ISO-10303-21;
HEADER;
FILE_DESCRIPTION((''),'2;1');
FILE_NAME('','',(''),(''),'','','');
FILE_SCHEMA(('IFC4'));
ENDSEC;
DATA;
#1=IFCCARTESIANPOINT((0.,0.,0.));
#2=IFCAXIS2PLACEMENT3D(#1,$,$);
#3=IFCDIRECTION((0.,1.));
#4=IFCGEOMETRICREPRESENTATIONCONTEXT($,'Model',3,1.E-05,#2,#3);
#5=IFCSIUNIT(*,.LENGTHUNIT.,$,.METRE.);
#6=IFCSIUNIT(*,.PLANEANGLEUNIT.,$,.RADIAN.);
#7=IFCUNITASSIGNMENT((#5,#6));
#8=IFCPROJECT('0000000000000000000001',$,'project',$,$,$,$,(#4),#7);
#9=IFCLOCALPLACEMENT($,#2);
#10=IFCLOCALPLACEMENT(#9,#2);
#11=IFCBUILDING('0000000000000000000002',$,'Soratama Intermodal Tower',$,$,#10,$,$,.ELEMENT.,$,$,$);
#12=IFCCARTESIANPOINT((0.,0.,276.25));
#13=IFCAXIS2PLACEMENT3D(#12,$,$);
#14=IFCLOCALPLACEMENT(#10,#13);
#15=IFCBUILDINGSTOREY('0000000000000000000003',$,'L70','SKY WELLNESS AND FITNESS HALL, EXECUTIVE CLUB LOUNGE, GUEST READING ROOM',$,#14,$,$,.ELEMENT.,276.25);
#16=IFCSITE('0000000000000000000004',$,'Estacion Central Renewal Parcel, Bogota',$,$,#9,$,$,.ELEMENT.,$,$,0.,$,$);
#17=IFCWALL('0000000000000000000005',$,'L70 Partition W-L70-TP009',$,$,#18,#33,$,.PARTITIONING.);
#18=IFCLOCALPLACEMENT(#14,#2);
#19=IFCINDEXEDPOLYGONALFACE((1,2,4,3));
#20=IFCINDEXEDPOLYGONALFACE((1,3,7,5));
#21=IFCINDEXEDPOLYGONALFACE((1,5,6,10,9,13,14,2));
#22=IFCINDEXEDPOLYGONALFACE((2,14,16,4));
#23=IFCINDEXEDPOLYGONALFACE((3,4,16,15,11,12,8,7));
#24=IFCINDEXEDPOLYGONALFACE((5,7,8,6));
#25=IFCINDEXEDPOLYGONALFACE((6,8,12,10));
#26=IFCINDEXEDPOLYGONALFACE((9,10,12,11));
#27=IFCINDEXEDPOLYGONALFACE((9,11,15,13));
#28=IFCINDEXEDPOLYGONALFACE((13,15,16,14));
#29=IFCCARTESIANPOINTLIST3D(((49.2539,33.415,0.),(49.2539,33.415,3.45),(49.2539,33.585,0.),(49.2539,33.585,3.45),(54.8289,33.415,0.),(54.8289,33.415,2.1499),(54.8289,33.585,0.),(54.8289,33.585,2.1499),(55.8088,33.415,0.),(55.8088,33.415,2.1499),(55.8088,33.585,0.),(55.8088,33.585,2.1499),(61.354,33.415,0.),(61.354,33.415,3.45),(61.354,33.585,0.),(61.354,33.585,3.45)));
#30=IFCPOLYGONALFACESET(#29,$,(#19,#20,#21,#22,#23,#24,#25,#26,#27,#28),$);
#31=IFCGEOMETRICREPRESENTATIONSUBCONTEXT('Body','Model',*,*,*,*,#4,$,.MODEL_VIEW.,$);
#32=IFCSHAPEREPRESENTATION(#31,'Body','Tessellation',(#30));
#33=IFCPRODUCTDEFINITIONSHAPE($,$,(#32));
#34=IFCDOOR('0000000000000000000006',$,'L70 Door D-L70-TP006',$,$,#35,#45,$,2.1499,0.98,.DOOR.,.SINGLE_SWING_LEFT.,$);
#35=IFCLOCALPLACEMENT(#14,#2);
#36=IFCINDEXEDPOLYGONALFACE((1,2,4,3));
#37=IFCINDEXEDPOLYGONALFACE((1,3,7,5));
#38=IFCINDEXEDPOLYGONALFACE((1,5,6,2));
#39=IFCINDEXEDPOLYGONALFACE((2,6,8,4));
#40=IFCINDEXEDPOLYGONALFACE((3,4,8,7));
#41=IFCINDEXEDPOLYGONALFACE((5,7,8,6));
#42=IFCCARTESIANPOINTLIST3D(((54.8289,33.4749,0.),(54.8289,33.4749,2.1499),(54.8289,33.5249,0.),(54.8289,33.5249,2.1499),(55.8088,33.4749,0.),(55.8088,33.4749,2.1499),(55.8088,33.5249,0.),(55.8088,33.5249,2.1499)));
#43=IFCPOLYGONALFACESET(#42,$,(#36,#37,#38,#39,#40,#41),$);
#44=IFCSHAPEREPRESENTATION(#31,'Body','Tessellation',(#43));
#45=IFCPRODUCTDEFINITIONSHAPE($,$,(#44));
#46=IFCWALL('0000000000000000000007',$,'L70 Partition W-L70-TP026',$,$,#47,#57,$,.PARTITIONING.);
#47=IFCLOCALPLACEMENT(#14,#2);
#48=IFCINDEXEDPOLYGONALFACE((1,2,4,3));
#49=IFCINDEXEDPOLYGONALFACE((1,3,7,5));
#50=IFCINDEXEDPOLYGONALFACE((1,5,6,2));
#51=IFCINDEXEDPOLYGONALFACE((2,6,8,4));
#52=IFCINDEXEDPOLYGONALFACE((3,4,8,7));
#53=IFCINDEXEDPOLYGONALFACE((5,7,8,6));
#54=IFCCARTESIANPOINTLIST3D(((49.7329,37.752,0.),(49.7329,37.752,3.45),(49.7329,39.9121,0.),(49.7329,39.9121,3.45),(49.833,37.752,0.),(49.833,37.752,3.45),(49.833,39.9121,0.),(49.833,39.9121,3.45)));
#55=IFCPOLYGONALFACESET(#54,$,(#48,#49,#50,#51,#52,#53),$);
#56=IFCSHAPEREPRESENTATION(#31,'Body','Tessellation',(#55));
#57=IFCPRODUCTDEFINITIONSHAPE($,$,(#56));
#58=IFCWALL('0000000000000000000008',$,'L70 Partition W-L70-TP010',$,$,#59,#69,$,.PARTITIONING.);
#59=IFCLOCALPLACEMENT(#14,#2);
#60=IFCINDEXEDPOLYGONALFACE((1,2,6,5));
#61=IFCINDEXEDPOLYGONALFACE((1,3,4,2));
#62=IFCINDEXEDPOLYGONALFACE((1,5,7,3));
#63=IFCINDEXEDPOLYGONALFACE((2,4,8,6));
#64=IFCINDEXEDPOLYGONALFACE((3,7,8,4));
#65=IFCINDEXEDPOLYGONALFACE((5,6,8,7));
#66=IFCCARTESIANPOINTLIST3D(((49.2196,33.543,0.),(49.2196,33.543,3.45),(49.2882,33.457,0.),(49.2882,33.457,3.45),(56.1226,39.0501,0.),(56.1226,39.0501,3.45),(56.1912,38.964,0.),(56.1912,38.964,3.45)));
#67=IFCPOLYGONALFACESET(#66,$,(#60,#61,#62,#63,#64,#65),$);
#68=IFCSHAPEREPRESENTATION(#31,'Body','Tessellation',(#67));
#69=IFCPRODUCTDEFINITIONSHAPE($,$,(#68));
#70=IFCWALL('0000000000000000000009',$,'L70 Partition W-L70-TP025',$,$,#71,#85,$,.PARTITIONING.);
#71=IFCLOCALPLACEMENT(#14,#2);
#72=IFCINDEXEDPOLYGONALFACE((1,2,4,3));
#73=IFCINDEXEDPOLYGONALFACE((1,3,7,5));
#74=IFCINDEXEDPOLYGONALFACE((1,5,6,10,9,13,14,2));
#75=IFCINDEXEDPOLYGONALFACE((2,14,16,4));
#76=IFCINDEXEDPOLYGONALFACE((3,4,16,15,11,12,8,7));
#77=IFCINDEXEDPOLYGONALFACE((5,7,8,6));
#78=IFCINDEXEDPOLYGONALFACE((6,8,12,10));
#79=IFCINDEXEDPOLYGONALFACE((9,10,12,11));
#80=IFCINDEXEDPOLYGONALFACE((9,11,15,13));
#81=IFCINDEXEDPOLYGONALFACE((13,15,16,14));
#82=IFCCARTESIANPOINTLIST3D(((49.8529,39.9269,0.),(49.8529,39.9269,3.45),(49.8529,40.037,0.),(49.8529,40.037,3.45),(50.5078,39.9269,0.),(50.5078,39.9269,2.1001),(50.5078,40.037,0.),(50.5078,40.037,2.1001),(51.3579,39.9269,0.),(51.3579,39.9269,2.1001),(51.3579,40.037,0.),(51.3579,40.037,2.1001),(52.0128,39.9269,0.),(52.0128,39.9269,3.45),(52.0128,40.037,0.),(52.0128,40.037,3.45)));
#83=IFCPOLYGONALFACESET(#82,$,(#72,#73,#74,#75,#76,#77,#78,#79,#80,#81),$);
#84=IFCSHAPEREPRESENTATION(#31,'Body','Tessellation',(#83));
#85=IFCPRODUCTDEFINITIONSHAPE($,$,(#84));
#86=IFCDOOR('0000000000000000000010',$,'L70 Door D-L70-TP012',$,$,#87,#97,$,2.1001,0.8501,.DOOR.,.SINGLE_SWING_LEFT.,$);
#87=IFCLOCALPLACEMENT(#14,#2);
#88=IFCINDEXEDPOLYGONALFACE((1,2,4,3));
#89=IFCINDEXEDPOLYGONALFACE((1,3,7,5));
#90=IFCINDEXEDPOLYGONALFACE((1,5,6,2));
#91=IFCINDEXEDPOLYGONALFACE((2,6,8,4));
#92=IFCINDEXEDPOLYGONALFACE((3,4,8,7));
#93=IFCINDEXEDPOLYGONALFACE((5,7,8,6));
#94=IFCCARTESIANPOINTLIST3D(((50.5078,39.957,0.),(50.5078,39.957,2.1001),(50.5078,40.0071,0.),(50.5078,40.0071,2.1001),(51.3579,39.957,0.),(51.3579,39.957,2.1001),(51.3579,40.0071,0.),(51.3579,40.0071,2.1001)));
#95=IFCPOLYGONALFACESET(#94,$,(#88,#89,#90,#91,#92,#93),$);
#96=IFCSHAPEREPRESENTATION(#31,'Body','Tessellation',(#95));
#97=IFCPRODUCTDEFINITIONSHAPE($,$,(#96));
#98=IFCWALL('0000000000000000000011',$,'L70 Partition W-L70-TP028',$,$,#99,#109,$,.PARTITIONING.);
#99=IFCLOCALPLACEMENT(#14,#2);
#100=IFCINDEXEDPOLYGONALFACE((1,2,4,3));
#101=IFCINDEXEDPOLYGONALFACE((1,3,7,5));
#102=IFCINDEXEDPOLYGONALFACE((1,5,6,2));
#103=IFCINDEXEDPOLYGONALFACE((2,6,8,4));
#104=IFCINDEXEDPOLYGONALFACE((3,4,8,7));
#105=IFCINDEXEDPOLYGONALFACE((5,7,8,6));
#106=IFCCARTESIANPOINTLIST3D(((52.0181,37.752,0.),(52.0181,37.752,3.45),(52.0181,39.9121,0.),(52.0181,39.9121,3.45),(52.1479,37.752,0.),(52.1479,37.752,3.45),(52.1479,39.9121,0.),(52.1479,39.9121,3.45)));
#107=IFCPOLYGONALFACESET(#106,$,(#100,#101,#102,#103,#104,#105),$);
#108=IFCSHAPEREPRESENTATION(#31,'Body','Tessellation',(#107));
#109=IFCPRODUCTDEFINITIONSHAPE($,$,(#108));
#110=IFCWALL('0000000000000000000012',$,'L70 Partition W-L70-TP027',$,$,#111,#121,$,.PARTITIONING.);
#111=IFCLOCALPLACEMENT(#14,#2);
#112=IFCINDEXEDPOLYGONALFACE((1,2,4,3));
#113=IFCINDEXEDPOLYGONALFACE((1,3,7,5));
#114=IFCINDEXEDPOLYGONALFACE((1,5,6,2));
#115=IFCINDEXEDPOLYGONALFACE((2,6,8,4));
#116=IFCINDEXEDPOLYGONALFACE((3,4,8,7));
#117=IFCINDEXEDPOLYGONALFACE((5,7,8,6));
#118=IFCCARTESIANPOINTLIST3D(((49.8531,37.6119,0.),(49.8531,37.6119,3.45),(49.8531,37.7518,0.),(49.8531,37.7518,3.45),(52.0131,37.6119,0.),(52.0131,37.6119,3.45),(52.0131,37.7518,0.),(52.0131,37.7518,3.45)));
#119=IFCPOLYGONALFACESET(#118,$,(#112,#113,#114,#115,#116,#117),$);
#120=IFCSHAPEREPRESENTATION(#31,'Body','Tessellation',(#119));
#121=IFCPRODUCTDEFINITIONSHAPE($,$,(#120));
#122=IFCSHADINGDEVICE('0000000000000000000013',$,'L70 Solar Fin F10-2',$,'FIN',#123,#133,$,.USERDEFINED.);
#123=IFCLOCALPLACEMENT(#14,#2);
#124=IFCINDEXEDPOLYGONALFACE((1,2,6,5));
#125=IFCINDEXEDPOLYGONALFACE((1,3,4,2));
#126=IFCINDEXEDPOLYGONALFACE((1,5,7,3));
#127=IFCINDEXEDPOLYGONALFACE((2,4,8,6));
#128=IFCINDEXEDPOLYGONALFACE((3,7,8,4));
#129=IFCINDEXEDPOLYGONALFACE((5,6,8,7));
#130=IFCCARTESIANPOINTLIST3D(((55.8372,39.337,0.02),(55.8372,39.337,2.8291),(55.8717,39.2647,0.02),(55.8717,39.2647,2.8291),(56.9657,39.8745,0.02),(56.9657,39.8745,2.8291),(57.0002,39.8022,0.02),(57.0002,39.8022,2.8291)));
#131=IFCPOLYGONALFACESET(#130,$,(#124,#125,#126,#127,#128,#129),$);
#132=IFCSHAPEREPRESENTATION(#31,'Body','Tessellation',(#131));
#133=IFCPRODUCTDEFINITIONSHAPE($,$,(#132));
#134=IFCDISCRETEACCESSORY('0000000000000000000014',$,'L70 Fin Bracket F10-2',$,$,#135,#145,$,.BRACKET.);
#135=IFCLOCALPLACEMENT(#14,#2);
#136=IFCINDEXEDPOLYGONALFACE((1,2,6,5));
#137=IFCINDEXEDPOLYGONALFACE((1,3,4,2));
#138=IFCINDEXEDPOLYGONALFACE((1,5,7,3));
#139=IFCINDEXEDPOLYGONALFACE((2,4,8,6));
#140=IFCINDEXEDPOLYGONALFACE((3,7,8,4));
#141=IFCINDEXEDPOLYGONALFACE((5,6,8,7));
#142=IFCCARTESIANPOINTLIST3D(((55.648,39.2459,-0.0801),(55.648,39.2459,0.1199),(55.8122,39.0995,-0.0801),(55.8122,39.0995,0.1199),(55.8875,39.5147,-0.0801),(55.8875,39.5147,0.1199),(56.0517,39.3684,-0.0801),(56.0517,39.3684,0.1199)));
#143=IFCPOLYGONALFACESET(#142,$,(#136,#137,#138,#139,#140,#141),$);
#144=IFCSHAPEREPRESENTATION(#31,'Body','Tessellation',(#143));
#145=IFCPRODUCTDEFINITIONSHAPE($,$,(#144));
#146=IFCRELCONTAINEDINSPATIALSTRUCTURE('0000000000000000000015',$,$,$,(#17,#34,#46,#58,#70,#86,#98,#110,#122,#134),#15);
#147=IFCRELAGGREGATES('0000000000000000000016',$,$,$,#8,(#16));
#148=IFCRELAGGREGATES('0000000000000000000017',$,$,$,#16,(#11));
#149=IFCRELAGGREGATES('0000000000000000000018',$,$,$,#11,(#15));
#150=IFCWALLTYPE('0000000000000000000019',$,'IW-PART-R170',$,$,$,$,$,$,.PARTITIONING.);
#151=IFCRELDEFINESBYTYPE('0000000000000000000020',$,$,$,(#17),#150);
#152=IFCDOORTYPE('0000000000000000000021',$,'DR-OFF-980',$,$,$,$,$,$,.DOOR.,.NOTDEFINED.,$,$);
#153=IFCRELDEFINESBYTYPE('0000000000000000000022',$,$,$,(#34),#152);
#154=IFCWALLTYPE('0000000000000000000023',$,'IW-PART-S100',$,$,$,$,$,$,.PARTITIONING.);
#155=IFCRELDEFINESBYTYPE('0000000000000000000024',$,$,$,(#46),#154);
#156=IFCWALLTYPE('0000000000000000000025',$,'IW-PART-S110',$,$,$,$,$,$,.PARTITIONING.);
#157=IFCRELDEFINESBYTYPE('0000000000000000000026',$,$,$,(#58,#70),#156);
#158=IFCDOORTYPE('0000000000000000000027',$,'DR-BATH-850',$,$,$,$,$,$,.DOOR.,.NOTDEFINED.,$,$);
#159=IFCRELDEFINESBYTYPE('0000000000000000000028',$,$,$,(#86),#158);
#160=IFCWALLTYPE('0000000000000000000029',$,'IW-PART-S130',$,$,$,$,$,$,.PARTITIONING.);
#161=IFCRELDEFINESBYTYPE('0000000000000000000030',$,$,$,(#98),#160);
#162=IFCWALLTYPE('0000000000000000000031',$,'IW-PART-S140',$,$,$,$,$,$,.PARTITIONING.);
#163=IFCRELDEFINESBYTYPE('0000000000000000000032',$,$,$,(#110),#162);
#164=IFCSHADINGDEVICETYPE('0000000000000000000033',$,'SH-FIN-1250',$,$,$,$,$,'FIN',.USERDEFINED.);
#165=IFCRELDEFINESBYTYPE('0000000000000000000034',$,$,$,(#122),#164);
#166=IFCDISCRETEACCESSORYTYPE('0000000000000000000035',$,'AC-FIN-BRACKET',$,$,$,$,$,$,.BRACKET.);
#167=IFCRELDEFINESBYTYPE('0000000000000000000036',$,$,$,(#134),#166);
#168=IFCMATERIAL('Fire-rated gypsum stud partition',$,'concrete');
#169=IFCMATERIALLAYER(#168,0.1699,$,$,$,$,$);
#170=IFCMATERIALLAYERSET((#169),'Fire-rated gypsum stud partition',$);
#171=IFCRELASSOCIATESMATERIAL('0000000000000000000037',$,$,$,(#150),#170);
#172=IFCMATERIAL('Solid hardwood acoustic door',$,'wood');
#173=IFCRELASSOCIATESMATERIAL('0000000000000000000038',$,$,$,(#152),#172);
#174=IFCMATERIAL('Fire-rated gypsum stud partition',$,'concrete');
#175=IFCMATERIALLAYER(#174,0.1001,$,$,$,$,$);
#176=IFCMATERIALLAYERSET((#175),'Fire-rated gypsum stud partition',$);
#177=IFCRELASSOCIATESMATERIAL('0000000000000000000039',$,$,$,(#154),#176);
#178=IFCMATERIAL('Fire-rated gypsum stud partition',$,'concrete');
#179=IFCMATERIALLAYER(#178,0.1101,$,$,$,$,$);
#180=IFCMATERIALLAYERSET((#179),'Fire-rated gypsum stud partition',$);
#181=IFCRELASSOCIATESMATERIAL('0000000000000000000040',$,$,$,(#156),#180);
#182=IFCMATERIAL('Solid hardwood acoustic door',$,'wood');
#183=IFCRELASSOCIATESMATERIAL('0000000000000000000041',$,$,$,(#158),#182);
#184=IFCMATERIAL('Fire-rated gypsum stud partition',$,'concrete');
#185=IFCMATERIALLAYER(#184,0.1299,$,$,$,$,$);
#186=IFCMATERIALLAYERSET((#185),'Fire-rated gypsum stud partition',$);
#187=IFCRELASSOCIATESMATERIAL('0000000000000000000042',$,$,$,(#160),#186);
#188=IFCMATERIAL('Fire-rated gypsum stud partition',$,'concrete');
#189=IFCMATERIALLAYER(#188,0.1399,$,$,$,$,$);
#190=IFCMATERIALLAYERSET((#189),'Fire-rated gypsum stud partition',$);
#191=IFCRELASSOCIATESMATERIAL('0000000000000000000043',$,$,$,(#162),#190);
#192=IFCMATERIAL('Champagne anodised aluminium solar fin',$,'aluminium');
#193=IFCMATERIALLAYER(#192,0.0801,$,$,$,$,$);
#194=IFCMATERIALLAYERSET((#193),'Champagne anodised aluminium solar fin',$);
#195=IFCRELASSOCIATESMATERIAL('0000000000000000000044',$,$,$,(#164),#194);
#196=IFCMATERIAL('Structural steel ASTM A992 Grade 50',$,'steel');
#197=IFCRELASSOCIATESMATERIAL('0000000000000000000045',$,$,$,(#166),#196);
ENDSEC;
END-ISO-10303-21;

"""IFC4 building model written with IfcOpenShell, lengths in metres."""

from ifc_helpers import new_model, si_unit, direction, frame, frame_2d, origin, origin_2d, place, context, subcontext, project, spatial, rectangle, extrude, material, layer, layer_set, type_object, element, fill, save


model = new_model("IFC4")

# Units and contexts
model_context = context("Model", 3, precision=1e-05, world=origin(), true_north=direction((0.0, 1.0)))
body_context = subcontext(model_context, "Body", "Model", "MODEL_VIEW")
ifc_project = project(units=[si_unit("LENGTHUNIT", "METRE"), si_unit("PLANEANGLEUNIT", "RADIAN")], contexts=[model_context])

# Site, building, storey
site_placement = place(None, origin())
site = spatial("IfcSite", under=ifc_project, at=site_placement, Name="Estacion Central Renewal Parcel, Bogota", CompositionType="ELEMENT", RefElevation=0.0)
building_placement = place(site_placement, origin())
building = spatial("IfcBuilding", under=site, at=building_placement, Name="Soratama Intermodal Tower", CompositionType="ELEMENT")
storey_placement = place(building_placement, frame((0.0, 0.0, 276.25)))
storey = spatial("IfcBuildingStorey", under=building, at=storey_placement, Name="L70", Description="SKY WELLNESS AND FITNESS HALL, EXECUTIVE CLUB LOUNGE, GUEST READING ROOM", CompositionType="ELEMENT", Elevation=276.25)

# Wall, opening, door
ifc_material_1 = material(Name="Fire-rated gypsum stud partition", Category="concrete")
ifc_layer_1 = layer(ifc_material_1, 0.1699)
ifc_layer_set_1 = layer_set([ifc_layer_1], Name="Fire-rated gypsum stud partition")
wall_type_1 = type_object("IfcWallType", Name="IW-PART-R170", PredefinedType="PARTITIONING", material=ifc_layer_set_1)
wall_1_placement = place(storey_placement, frame((49.2539, 33.5, 0.0), z_axis=(0.0, 0.0, 1.0), x_axis=(1.0, 0.0, 0.0)))
wall_1 = element("IfcWall", 1, at=wall_1_placement, inside=storey, type_object=wall_type_1, Name="L70 Partition W-L70-TP009", PredefinedType="PARTITIONING", context=body_context, shape_type="SweptSolid", body=[
    extrude(rectangle(XDim=12.1001, YDim=0.1699, at=frame_2d((6.05, 0.0))), origin(), (0.0, 0.0, 1.0), 3.45),
])
opening_1_placement = place(wall_1_placement, frame((5.575, 0.0, 0.0)))
opening_1 = element("IfcOpeningElement", 2, at=opening_1_placement, cuts=wall_1, PredefinedType="OPENING", context=body_context, shape_type="SweptSolid", body=[
    extrude(rectangle(XDim=0.98, YDim=2.1499, at=frame_2d((0.49, 1.075))), frame((0.0, 0.095, 0.0), z_axis=(0.0, -1.0, 0.0), x_axis=(1.0, 0.0, 0.0)), (0.0, 0.0, 1.0), 0.1899),
])
ifc_material_2 = material(Name="Solid hardwood acoustic door", Category="wood")
door_type_1 = type_object("IfcDoorType", Name="DR-OFF-980", OperationType="NOTDEFINED", PredefinedType="DOOR", material=ifc_material_2)
door_1_placement = place(opening_1_placement, origin())
door_1 = element("IfcDoor", 3, at=door_1_placement, inside=storey, type_object=door_type_1, Name="L70 Door D-L70-TP006", OperationType="SINGLE_SWING_LEFT", OverallHeight=2.1499, OverallWidth=0.98, PredefinedType="DOOR", context=body_context, shape_type="SweptSolid", body=[
    extrude(rectangle(XDim=0.98, YDim=2.1499, at=frame_2d((0.49, 1.075))), frame((0.0, 0.0249, 0.0), z_axis=(0.0, -1.0, 0.0), x_axis=(1.0, 0.0, 0.0)), (0.0, 0.0, 1.0), 0.05),
])
fill(opening_1, door_1)

# Walls
ifc_material_3 = material(Name="Fire-rated gypsum stud partition", Category="concrete")
ifc_layer_2 = layer(ifc_material_3, 0.1001)
ifc_layer_set_2 = layer_set([ifc_layer_2], Name="Fire-rated gypsum stud partition")
wall_type_2 = type_object("IfcWallType", Name="IW-PART-S100", PredefinedType="PARTITIONING", material=ifc_layer_set_2)
wall_2_placement = place(storey_placement, frame((49.783, 39.9121, 0.0), z_axis=(0.0, 0.0, 1.0), x_axis=(0.0, -1.0, 0.0)))
element("IfcWall", 4, at=wall_2_placement, inside=storey, type_object=wall_type_2, Name="L70 Partition W-L70-TP026", PredefinedType="PARTITIONING", context=body_context, shape_type="SweptSolid", body=[
    extrude(rectangle(XDim=2.1602, YDim=0.1001, at=frame_2d((1.0801, 0.0))), origin(), (0.0, 0.0, 1.0), 3.45),
])
ifc_material_4 = material(Name="Fire-rated gypsum stud partition", Category="concrete")
ifc_layer_3 = layer(ifc_material_4, 0.1101)
ifc_layer_set_3 = layer_set([ifc_layer_3], Name="Fire-rated gypsum stud partition")
wall_type_3 = type_object("IfcWallType", Name="IW-PART-S110", PredefinedType="PARTITIONING", material=ifc_layer_set_3)
wall_3_placement = place(storey_placement, frame((49.2539, 33.5, 0.0), z_axis=(0.0, 0.0, 1.0), x_axis=(0.781718, 0.623632, 0.0)))
element("IfcWall", 5, at=wall_3_placement, inside=storey, type_object=wall_type_3, Name="L70 Partition W-L70-TP010", PredefinedType="PARTITIONING", context=body_context, shape_type="SweptSolid", body=[
    extrude(rectangle(XDim=8.8306, YDim=0.1101, at=frame_2d((4.4153, 0.0))), origin(), (0.0, 0.0, 1.0), 3.45),
])

# Wall, opening, door
wall_4_placement = place(storey_placement, frame((52.0129, 39.9819, 0.0), z_axis=(0.0, 0.0, 1.0), x_axis=(-1.0, 0.0, 0.0)))
wall_4 = element("IfcWall", 6, at=wall_4_placement, inside=storey, type_object=wall_type_3, Name="L70 Partition W-L70-TP025", PredefinedType="PARTITIONING", context=body_context, shape_type="SweptSolid", body=[
    extrude(rectangle(XDim=2.1599, YDim=0.1101, at=frame_2d((1.0801, 0.0))), origin(), (0.0, 0.0, 1.0), 3.45),
])
opening_2_placement = place(wall_4_placement, frame((0.655, 0.0, 0.0)))
opening_2 = element("IfcOpeningElement", 7, at=opening_2_placement, cuts=wall_4, PredefinedType="OPENING", context=body_context, shape_type="SweptSolid", body=[
    extrude(rectangle(XDim=0.8501, YDim=2.1001, at=frame_2d((0.425, 1.05))), frame((0.0, 0.0649, 0.0), z_axis=(0.0, -1.0, 0.0), x_axis=(1.0, 0.0, 0.0)), (0.0, 0.0, 1.0), 0.1301),
])
ifc_material_5 = material(Name="Solid hardwood acoustic door", Category="wood")
door_type_2 = type_object("IfcDoorType", Name="DR-BATH-850", OperationType="NOTDEFINED", PredefinedType="DOOR", material=ifc_material_5)
door_2_placement = place(opening_2_placement, origin())
door_2 = element("IfcDoor", 8, at=door_2_placement, inside=storey, type_object=door_type_2, Name="L70 Door D-L70-TP012", OperationType="SINGLE_SWING_LEFT", OverallHeight=2.1001, OverallWidth=0.8501, PredefinedType="DOOR", context=body_context, shape_type="SweptSolid", body=[
    extrude(rectangle(XDim=0.8501, YDim=2.1001, at=frame_2d((0.425, 1.05))), frame((0.0, 0.0249, 0.0), z_axis=(0.0, -1.0, 0.0), x_axis=(1.0, 0.0, 0.0)), (0.0, 0.0, 1.0), 0.05),
])
fill(opening_2, door_2)

# Walls
ifc_material_6 = material(Name="Fire-rated gypsum stud partition", Category="concrete")
ifc_layer_4 = layer(ifc_material_6, 0.1299)
ifc_layer_set_4 = layer_set([ifc_layer_4], Name="Fire-rated gypsum stud partition")
wall_type_4 = type_object("IfcWallType", Name="IW-PART-S130", PredefinedType="PARTITIONING", material=ifc_layer_set_4)
wall_5_placement = place(storey_placement, frame((52.083, 37.752, 0.0), z_axis=(0.0, 0.0, 1.0), x_axis=(0.0, 1.0, 0.0)))
element("IfcWall", 9, at=wall_5_placement, inside=storey, type_object=wall_type_4, Name="L70 Partition W-L70-TP028", PredefinedType="PARTITIONING", context=body_context, shape_type="SweptSolid", body=[
    extrude(rectangle(XDim=2.1602, YDim=0.1299, at=frame_2d((1.0801, 0.0))), origin(), (0.0, 0.0, 1.0), 3.45),
])
ifc_material_7 = material(Name="Fire-rated gypsum stud partition", Category="concrete")
ifc_layer_5 = layer(ifc_material_7, 0.1399)
ifc_layer_set_5 = layer_set([ifc_layer_5], Name="Fire-rated gypsum stud partition")
wall_type_5 = type_object("IfcWallType", Name="IW-PART-S140", PredefinedType="PARTITIONING", material=ifc_layer_set_5)
wall_6_placement = place(storey_placement, frame((49.853, 37.6819, 0.0), z_axis=(0.0, 0.0, 1.0), x_axis=(1.0, 0.0, 0.0)))
element("IfcWall", 10, at=wall_6_placement, inside=storey, type_object=wall_type_5, Name="L70 Partition W-L70-TP027", PredefinedType="PARTITIONING", context=body_context, shape_type="SweptSolid", body=[
    extrude(rectangle(XDim=2.1599, YDim=0.1399, at=frame_2d((1.0801, 0.0))), origin(), (0.0, 0.0, 1.0), 3.45),
])

# Shading device
ifc_material_8 = material(Name="Champagne anodised aluminium solar fin", Category="aluminium")
ifc_layer_6 = layer(ifc_material_8, 0.0801)
ifc_layer_set_6 = layer_set([ifc_layer_6], Name="Champagne anodised aluminium solar fin")
shading_device_type = type_object("IfcShadingDeviceType", Name="SH-FIN-1250", ElementType="FIN", PredefinedType="USERDEFINED", material=ifc_layer_set_6)
shading_device_placement = place(storey_placement, frame((56.4187, 39.5696, 0.02), z_axis=(0.0, 0.0, 1.0), x_axis=(0.902811, 0.430038, 0.0)))
element("IfcShadingDevice", 11, at=shading_device_placement, inside=storey, type_object=shading_device_type, Name="L70 Solar Fin F10-2", ObjectType="FIN", PredefinedType="USERDEFINED", context=body_context, shape_type="SweptSolid", body=[
    extrude(rectangle(XDim=1.25, YDim=0.0801, at=origin_2d()), origin(), (0.0, 0.0, 1.0), 2.8091),
])

# Discrete accessory
ifc_material_9 = material(Name="Structural steel ASTM A992 Grade 50", Category="steel")
discrete_accessory_type = type_object("IfcDiscreteAccessoryType", Name="AC-FIN-BRACKET", PredefinedType="BRACKET", material=ifc_material_9)
discrete_accessory_placement = place(storey_placement, frame((55.8499, 39.3071, -0.0801), z_axis=(0.0, 0.0, 1.0), x_axis=(0.66523, 0.746638, 0.0)))
element("IfcDiscreteAccessory", 12, at=discrete_accessory_placement, inside=storey, type_object=discrete_accessory_type, Name="L70 Fin Bracket F10-2", PredefinedType="BRACKET", context=body_context, shape_type="SweptSolid", body=[
    extrude(rectangle(XDim=0.3601, YDim=0.22, at=origin_2d()), origin(), (0.0, 0.0, 1.0), 0.2),
])

save(model, "model.ifc")
